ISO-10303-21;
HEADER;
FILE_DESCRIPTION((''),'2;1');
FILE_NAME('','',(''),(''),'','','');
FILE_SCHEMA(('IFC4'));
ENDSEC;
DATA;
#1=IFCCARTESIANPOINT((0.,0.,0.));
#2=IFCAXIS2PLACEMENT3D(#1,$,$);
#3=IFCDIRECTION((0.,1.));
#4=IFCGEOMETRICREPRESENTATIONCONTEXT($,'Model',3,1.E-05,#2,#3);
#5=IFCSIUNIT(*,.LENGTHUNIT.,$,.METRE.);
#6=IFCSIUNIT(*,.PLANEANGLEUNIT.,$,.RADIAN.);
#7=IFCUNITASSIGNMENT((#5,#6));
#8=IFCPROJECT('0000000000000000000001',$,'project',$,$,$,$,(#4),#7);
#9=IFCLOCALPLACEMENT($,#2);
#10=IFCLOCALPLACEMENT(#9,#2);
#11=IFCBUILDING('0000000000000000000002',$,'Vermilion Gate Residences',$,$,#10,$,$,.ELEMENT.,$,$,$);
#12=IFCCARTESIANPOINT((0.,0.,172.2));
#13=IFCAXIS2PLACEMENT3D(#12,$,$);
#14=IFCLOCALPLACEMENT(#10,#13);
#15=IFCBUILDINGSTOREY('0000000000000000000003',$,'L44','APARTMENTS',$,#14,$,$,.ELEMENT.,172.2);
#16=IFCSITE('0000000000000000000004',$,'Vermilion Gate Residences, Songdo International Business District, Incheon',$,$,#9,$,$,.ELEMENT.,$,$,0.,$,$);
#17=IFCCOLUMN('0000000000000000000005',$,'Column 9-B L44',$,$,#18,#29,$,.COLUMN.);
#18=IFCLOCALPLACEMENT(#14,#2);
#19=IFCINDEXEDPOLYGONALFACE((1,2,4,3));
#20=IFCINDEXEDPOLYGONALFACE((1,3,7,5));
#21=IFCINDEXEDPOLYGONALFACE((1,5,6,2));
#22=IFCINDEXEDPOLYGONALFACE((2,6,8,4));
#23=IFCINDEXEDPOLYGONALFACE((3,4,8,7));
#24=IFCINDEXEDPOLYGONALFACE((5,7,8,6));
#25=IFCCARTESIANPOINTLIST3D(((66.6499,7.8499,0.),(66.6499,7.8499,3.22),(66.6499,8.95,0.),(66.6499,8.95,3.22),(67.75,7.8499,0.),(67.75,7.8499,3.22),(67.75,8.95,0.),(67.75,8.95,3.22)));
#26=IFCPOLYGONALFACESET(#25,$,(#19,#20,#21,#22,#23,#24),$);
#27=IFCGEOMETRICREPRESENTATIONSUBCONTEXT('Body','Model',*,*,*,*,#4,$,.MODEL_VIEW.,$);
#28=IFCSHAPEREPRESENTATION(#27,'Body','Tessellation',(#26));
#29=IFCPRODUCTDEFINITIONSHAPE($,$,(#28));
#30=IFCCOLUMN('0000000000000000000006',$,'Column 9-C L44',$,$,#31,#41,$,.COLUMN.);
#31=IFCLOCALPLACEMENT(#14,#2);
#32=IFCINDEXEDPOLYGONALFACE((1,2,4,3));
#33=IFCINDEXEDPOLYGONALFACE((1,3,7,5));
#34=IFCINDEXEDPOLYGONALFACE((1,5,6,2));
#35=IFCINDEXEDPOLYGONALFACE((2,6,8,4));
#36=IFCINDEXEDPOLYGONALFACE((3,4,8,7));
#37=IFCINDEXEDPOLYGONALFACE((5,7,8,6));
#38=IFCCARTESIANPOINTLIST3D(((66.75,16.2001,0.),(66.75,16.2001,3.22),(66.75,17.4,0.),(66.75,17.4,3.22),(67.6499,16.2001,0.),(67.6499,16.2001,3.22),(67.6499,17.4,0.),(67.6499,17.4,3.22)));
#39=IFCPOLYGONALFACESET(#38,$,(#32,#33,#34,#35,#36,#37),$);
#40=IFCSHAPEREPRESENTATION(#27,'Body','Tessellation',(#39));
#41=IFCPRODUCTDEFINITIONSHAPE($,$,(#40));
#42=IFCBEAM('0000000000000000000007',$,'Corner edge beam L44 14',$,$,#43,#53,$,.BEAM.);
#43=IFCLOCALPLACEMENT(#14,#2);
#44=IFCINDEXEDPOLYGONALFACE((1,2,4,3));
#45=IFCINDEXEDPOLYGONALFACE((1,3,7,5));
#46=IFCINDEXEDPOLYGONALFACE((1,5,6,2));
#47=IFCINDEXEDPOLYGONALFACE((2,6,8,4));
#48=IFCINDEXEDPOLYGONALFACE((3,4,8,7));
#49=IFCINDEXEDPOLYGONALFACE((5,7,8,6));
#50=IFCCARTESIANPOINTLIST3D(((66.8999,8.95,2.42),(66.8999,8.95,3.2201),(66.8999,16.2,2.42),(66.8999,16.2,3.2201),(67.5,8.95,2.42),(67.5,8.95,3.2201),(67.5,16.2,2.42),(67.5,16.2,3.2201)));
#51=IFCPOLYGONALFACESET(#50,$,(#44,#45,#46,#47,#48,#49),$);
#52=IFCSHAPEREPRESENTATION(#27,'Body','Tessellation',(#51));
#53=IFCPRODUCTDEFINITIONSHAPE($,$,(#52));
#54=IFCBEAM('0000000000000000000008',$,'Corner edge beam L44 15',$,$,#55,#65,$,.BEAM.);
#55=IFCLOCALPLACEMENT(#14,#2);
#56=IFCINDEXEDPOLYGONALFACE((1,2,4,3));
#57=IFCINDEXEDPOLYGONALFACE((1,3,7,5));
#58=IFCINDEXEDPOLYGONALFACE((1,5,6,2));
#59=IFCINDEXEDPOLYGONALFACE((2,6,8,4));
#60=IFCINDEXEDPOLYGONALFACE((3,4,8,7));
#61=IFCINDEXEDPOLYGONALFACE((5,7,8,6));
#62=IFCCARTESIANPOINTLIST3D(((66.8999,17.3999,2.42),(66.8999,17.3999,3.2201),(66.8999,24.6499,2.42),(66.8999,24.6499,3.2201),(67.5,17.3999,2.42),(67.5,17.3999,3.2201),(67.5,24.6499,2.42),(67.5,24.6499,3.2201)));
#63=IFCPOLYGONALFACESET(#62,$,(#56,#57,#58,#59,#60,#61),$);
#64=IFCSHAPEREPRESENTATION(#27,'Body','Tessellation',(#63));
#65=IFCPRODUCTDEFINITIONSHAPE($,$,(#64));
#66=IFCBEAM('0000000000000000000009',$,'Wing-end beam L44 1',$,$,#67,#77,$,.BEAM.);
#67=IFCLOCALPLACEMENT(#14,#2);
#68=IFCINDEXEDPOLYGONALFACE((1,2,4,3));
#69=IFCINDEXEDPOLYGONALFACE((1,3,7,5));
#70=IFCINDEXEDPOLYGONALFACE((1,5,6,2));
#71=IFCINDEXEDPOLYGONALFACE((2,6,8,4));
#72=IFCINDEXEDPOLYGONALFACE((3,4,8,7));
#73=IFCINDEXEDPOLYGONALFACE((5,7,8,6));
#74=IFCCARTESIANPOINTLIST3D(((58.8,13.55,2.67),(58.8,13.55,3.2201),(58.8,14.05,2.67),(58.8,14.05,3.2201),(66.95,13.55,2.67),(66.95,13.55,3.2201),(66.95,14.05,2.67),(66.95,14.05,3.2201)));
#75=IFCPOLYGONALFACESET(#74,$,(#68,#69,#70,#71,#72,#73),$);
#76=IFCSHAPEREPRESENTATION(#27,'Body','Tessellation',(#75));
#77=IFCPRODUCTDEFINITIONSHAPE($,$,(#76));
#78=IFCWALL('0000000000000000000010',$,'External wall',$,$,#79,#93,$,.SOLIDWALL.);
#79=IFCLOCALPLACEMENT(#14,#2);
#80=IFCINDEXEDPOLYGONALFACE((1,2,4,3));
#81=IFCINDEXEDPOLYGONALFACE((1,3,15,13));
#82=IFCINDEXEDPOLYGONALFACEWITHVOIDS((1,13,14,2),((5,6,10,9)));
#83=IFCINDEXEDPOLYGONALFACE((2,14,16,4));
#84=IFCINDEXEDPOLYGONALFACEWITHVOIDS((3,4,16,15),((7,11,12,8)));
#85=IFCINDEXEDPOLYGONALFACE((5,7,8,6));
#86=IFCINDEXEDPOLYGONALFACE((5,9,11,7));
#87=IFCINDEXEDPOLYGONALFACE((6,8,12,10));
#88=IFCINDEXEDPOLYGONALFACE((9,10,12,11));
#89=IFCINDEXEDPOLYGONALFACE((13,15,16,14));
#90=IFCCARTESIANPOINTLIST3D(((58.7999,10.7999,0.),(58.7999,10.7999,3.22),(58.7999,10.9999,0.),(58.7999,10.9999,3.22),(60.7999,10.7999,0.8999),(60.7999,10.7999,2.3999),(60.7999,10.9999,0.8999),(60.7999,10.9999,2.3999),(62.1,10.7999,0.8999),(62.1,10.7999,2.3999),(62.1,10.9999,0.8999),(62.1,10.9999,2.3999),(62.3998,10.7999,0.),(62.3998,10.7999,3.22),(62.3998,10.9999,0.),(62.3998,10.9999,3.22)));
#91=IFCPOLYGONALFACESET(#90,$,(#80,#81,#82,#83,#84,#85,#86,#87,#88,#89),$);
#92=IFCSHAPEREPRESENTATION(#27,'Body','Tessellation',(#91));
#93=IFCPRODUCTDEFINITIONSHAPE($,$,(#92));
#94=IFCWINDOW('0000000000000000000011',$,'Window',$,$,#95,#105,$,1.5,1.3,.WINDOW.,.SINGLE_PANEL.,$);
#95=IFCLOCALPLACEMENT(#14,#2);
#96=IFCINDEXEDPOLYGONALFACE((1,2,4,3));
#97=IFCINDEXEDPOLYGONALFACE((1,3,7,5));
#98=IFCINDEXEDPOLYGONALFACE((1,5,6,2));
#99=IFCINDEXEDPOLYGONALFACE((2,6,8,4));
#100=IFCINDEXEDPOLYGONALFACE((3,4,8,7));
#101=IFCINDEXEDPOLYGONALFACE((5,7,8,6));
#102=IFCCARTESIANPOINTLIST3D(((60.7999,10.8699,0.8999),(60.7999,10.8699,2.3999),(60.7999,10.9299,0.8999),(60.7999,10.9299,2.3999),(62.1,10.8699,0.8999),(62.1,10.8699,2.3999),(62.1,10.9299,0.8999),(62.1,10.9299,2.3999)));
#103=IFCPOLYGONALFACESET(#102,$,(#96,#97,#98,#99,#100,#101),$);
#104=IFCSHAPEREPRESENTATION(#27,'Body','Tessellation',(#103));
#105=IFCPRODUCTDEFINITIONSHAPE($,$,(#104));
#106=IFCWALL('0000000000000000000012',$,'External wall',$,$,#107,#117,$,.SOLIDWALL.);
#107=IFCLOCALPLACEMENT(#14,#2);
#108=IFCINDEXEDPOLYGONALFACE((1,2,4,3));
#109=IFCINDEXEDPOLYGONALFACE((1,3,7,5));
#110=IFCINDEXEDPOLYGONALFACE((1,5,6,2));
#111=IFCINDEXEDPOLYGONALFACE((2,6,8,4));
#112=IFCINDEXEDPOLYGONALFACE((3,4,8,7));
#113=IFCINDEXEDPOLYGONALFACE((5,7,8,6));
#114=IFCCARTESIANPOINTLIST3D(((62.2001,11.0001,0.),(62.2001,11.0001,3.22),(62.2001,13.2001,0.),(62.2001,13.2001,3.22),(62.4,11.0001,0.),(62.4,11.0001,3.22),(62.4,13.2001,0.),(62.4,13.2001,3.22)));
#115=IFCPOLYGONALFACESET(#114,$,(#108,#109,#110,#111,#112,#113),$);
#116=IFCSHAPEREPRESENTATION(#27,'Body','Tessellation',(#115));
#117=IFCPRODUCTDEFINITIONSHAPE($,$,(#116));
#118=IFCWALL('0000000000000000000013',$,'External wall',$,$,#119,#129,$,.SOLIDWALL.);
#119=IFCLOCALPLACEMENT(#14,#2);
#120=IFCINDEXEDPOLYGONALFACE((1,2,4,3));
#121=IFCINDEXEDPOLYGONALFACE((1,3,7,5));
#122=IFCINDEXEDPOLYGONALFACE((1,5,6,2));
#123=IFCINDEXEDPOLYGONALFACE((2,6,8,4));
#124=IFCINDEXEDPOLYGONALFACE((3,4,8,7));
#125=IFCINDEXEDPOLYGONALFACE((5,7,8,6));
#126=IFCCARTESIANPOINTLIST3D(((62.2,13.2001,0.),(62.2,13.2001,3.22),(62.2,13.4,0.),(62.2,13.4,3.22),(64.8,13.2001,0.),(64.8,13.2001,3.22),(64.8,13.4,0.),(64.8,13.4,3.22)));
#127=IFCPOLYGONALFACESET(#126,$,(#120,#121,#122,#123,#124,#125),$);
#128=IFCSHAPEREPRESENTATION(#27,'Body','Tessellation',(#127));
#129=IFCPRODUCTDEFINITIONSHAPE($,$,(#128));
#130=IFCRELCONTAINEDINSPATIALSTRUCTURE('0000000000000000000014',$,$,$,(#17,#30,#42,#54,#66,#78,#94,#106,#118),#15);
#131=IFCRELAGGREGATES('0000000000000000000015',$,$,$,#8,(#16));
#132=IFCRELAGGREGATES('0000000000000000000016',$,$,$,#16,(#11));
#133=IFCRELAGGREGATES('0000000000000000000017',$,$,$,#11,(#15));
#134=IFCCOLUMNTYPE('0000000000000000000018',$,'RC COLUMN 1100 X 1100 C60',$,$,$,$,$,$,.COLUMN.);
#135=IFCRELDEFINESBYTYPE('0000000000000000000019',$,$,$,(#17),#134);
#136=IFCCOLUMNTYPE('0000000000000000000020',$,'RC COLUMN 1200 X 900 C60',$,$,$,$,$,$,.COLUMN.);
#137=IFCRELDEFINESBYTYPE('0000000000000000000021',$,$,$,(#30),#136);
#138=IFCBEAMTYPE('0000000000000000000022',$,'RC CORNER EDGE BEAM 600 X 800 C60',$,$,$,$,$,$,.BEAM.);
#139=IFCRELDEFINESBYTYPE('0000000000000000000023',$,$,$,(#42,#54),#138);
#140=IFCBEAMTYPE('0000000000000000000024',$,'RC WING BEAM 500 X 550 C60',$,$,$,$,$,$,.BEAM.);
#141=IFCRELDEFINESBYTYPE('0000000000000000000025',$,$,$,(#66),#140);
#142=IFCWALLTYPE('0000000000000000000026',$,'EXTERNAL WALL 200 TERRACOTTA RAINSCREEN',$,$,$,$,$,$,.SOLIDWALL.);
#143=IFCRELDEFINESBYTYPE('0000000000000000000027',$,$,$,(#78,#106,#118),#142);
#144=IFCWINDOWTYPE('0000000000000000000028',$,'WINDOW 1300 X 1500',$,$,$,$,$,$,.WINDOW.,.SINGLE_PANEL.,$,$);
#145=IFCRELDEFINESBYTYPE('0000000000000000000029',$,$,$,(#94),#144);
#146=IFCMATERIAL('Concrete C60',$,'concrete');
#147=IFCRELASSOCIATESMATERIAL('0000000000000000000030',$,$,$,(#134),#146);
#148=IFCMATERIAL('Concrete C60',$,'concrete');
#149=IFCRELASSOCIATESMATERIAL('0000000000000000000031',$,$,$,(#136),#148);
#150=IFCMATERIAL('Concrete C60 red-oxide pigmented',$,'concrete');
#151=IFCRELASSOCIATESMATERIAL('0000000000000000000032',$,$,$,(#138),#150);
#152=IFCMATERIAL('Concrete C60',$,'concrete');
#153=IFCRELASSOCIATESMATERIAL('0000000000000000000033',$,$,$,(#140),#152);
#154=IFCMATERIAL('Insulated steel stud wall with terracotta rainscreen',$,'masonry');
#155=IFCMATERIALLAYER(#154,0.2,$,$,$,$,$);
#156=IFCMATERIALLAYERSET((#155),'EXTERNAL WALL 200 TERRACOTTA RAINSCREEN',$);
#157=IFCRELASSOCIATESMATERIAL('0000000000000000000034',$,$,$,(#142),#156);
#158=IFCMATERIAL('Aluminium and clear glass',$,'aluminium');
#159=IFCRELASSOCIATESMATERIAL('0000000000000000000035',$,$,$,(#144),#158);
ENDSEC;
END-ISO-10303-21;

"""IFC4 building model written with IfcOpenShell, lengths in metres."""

from ifc_helpers import new_model, si_unit, direction, frame, frame_2d, origin, origin_2d, place, context, subcontext, project, spatial, rectangle, extrude, material, layer, layer_set, material_profile, profile_set, type_object, element, fill, save


model = new_model("IFC4")

# Units and contexts
model_context = context("Model", 3, precision=1e-05, world=origin(), true_north=direction((0.0, 1.0)))
body_context = subcontext(model_context, "Body", "Model", "MODEL_VIEW")
ifc_project = project(units=[si_unit("LENGTHUNIT", "METRE"), si_unit("PLANEANGLEUNIT", "RADIAN")], contexts=[model_context])

# Site, building, storey
site_placement = place(None, origin())
site = spatial("IfcSite", under=ifc_project, at=site_placement, Name="Vermilion Gate Residences, Songdo International Business District, Incheon", CompositionType="ELEMENT", RefElevation=0.0)
building_placement = place(site_placement, origin())
building = spatial("IfcBuilding", under=site, at=building_placement, Name="Vermilion Gate Residences", CompositionType="ELEMENT")
storey_placement = place(building_placement, frame((0.0, 0.0, 172.2)))
storey = spatial("IfcBuildingStorey", under=building, at=storey_placement, Name="L44", Description="APARTMENTS", CompositionType="ELEMENT", Elevation=172.2)

# Columns
ifc_material_1 = material(Name="Concrete C60", Category="concrete")
ifc_material_profile_1 = material_profile(ifc_material_1, rectangle(XDim=1.1001, YDim=1.1001, at=origin_2d()), Name="RC-1100x1100")
ifc_profile_set_1 = profile_set([ifc_material_profile_1], Name="Concrete C60")
column_type_1 = type_object("IfcColumnType", Name="RC COLUMN 1100 X 1100 C60", PredefinedType="COLUMN", material=ifc_profile_set_1)
column_1_placement = place(storey_placement, frame((67.2, 8.3999, 0.0), z_axis=(0.0, 0.0, 1.0), x_axis=(1.0, 0.0, 0.0)))
element("IfcColumn", 1, at=column_1_placement, inside=storey, type_object=column_type_1, Name="Column 9-B L44", PredefinedType="COLUMN", context=body_context, shape_type="SweptSolid", body=[
    extrude(rectangle(XDim=1.1001, YDim=1.1001, at=origin_2d()), origin(), (0.0, 0.0, 1.0), 3.22),
])
ifc_material_2 = material(Name="Concrete C60", Category="concrete")
ifc_material_profile_2 = material_profile(ifc_material_2, rectangle(XDim=1.2, YDim=0.8999, at=origin_2d()), Name="RC-1200x900")
ifc_profile_set_2 = profile_set([ifc_material_profile_2], Name="Concrete C60")
column_type_2 = type_object("IfcColumnType", Name="RC COLUMN 1200 X 900 C60", PredefinedType="COLUMN", material=ifc_profile_set_2)
column_2_placement = place(storey_placement, frame((67.2, 16.8, 0.0), z_axis=(0.0, 0.0, 1.0), x_axis=(0.0, 1.0, 0.0)))
element("IfcColumn", 2, at=column_2_placement, inside=storey, type_object=column_type_2, Name="Column 9-C L44", PredefinedType="COLUMN", context=body_context, shape_type="SweptSolid", body=[
    extrude(rectangle(XDim=1.2, YDim=0.8999, at=origin_2d()), origin(), (0.0, 0.0, 1.0), 3.22),
])

# Beams
ifc_material_3 = material(Name="Concrete C60 red-oxide pigmented", Category="concrete")
ifc_material_profile_3 = material_profile(ifc_material_3, rectangle(XDim=0.6001, YDim=0.8, at=origin_2d()), Name="RC-600x800")
ifc_profile_set_3 = profile_set([ifc_material_profile_3], Name="Concrete C60 red-oxide pigmented")
beam_type_1 = type_object("IfcBeamType", Name="RC CORNER EDGE BEAM 600 X 800 C60", PredefinedType="BEAM", material=ifc_profile_set_3)
for number, where, z_axis, x_axis, name in (
    (3, (67.2, 8.95, 2.8201), (0.0, 1.0, 0.0), (-1.0, 0.0, 0.0), "Corner edge beam L44 14"),
    (4, (67.2, 17.3999, 2.8201), (0.0, 1.0, 0.0), (-1.0, 0.0, 0.0), "Corner edge beam L44 15"),
):
    element("IfcBeam", number, at=place(storey_placement, frame(where, z_axis=z_axis, x_axis=x_axis)), inside=storey, type_object=beam_type_1, Name=name, PredefinedType="BEAM", context=body_context, shape_type="SweptSolid", body=[
        extrude(rectangle(XDim=0.6001, YDim=0.8, at=origin_2d()), origin(), (0.0, 0.0, 1.0), 7.25),
    ])
ifc_material_4 = material(Name="Concrete C60", Category="concrete")
ifc_material_profile_4 = material_profile(ifc_material_4, rectangle(XDim=0.5, YDim=0.55, at=origin_2d()), Name="RC-500x550")
ifc_profile_set_4 = profile_set([ifc_material_profile_4], Name="Concrete C60")
beam_type_2 = type_object("IfcBeamType", Name="RC WING BEAM 500 X 550 C60", PredefinedType="BEAM", material=ifc_profile_set_4)
beam_placement = place(storey_placement, frame((58.8, 13.8, 2.9451), z_axis=(1.0, 0.0, 0.0), x_axis=(0.0, 1.0, 0.0)))
element("IfcBeam", 5, at=beam_placement, inside=storey, type_object=beam_type_2, Name="Wing-end beam L44 1", PredefinedType="BEAM", context=body_context, shape_type="SweptSolid", body=[
    extrude(rectangle(XDim=0.5, YDim=0.55, at=origin_2d()), origin(), (0.0, 0.0, 1.0), 8.1499),
])

# Wall, opening, window
ifc_material_5 = material(Name="Insulated steel stud wall with terracotta rainscreen", Category="masonry")
ifc_layer_1 = layer(ifc_material_5, 0.2)
ifc_layer_set_1 = layer_set([ifc_layer_1], Name="EXTERNAL WALL 200 TERRACOTTA RAINSCREEN")
wall_type_1 = type_object("IfcWallType", Name="EXTERNAL WALL 200 TERRACOTTA RAINSCREEN", PredefinedType="SOLIDWALL", material=ifc_layer_set_1)
wall_1_placement = place(storey_placement, frame((58.8, 10.8999, 0.0), z_axis=(0.0, 0.0, 1.0), x_axis=(1.0, 0.0, 0.0)))
wall_1 = element("IfcWall", 6, at=wall_1_placement, inside=storey, type_object=wall_type_1, Name="External wall", PredefinedType="SOLIDWALL", context=body_context, shape_type="SweptSolid", body=[
    extrude(rectangle(XDim=3.5999, YDim=0.2, at=frame_2d((1.7998, 0.0))), origin(), (0.0, 0.0, 1.0), 3.22),
])
opening_1_placement = place(wall_1_placement, frame((2.0, 0.0, 0.8999)))
opening_1 = element("IfcOpeningElement", 7, at=opening_1_placement, cuts=wall_1, PredefinedType="OPENING", context=body_context, shape_type="SweptSolid", body=[
    extrude(rectangle(XDim=1.3, YDim=1.5, at=frame_2d((0.6499, 0.75))), frame((0.0, 0.1099, 0.0), z_axis=(0.0, -1.0, 0.0), x_axis=(1.0, 0.0, 0.0)), (0.0, 0.0, 1.0), 0.22),
])
ifc_material_6 = material(Name="Aluminium and clear glass", Category="aluminium")
window_type_1 = type_object("IfcWindowType", Name="WINDOW 1300 X 1500", PartitioningType="SINGLE_PANEL", PredefinedType="WINDOW", material=ifc_material_6)
window_1_placement = place(opening_1_placement, origin())
window_1 = element("IfcWindow", 8, at=window_1_placement, inside=storey, type_object=window_type_1, Name="Window", OverallHeight=1.5, OverallWidth=1.3, PartitioningType="SINGLE_PANEL", PredefinedType="WINDOW", context=body_context, shape_type="SweptSolid", body=[
    extrude(rectangle(XDim=1.3, YDim=1.5, at=frame_2d((0.6499, 0.75))), frame((0.0, 0.03, 0.0), z_axis=(0.0, -1.0, 0.0), x_axis=(1.0, 0.0, 0.0)), (0.0, 0.0, 1.0), 0.0601),
])
fill(opening_1, window_1)

# Walls
wall_2_placement = place(storey_placement, frame((62.3, 11.0, 0.0), z_axis=(0.0, 0.0, 1.0), x_axis=(0.0, 1.0, 0.0)))
element("IfcWall", 9, at=wall_2_placement, inside=storey, type_object=wall_type_1, Name="External wall", PredefinedType="SOLIDWALL", context=body_context, shape_type="SweptSolid", body=[
    extrude(rectangle(XDim=2.2, YDim=0.2, at=frame_2d((1.1001, 0.0))), origin(), (0.0, 0.0, 1.0), 3.22),
])
wall_3_placement = place(storey_placement, frame((62.2, 13.3, 0.0), z_axis=(0.0, 0.0, 1.0), x_axis=(1.0, 0.0, 0.0)))
element("IfcWall", 10, at=wall_3_placement, inside=storey, type_object=wall_type_1, Name="External wall", PredefinedType="SOLIDWALL", context=body_context, shape_type="SweptSolid", body=[
    extrude(rectangle(XDim=2.6001, YDim=0.2, at=frame_2d((1.3, 0.0))), origin(), (0.0, 0.0, 1.0), 3.22),
])

save(model, "model.ifc")
